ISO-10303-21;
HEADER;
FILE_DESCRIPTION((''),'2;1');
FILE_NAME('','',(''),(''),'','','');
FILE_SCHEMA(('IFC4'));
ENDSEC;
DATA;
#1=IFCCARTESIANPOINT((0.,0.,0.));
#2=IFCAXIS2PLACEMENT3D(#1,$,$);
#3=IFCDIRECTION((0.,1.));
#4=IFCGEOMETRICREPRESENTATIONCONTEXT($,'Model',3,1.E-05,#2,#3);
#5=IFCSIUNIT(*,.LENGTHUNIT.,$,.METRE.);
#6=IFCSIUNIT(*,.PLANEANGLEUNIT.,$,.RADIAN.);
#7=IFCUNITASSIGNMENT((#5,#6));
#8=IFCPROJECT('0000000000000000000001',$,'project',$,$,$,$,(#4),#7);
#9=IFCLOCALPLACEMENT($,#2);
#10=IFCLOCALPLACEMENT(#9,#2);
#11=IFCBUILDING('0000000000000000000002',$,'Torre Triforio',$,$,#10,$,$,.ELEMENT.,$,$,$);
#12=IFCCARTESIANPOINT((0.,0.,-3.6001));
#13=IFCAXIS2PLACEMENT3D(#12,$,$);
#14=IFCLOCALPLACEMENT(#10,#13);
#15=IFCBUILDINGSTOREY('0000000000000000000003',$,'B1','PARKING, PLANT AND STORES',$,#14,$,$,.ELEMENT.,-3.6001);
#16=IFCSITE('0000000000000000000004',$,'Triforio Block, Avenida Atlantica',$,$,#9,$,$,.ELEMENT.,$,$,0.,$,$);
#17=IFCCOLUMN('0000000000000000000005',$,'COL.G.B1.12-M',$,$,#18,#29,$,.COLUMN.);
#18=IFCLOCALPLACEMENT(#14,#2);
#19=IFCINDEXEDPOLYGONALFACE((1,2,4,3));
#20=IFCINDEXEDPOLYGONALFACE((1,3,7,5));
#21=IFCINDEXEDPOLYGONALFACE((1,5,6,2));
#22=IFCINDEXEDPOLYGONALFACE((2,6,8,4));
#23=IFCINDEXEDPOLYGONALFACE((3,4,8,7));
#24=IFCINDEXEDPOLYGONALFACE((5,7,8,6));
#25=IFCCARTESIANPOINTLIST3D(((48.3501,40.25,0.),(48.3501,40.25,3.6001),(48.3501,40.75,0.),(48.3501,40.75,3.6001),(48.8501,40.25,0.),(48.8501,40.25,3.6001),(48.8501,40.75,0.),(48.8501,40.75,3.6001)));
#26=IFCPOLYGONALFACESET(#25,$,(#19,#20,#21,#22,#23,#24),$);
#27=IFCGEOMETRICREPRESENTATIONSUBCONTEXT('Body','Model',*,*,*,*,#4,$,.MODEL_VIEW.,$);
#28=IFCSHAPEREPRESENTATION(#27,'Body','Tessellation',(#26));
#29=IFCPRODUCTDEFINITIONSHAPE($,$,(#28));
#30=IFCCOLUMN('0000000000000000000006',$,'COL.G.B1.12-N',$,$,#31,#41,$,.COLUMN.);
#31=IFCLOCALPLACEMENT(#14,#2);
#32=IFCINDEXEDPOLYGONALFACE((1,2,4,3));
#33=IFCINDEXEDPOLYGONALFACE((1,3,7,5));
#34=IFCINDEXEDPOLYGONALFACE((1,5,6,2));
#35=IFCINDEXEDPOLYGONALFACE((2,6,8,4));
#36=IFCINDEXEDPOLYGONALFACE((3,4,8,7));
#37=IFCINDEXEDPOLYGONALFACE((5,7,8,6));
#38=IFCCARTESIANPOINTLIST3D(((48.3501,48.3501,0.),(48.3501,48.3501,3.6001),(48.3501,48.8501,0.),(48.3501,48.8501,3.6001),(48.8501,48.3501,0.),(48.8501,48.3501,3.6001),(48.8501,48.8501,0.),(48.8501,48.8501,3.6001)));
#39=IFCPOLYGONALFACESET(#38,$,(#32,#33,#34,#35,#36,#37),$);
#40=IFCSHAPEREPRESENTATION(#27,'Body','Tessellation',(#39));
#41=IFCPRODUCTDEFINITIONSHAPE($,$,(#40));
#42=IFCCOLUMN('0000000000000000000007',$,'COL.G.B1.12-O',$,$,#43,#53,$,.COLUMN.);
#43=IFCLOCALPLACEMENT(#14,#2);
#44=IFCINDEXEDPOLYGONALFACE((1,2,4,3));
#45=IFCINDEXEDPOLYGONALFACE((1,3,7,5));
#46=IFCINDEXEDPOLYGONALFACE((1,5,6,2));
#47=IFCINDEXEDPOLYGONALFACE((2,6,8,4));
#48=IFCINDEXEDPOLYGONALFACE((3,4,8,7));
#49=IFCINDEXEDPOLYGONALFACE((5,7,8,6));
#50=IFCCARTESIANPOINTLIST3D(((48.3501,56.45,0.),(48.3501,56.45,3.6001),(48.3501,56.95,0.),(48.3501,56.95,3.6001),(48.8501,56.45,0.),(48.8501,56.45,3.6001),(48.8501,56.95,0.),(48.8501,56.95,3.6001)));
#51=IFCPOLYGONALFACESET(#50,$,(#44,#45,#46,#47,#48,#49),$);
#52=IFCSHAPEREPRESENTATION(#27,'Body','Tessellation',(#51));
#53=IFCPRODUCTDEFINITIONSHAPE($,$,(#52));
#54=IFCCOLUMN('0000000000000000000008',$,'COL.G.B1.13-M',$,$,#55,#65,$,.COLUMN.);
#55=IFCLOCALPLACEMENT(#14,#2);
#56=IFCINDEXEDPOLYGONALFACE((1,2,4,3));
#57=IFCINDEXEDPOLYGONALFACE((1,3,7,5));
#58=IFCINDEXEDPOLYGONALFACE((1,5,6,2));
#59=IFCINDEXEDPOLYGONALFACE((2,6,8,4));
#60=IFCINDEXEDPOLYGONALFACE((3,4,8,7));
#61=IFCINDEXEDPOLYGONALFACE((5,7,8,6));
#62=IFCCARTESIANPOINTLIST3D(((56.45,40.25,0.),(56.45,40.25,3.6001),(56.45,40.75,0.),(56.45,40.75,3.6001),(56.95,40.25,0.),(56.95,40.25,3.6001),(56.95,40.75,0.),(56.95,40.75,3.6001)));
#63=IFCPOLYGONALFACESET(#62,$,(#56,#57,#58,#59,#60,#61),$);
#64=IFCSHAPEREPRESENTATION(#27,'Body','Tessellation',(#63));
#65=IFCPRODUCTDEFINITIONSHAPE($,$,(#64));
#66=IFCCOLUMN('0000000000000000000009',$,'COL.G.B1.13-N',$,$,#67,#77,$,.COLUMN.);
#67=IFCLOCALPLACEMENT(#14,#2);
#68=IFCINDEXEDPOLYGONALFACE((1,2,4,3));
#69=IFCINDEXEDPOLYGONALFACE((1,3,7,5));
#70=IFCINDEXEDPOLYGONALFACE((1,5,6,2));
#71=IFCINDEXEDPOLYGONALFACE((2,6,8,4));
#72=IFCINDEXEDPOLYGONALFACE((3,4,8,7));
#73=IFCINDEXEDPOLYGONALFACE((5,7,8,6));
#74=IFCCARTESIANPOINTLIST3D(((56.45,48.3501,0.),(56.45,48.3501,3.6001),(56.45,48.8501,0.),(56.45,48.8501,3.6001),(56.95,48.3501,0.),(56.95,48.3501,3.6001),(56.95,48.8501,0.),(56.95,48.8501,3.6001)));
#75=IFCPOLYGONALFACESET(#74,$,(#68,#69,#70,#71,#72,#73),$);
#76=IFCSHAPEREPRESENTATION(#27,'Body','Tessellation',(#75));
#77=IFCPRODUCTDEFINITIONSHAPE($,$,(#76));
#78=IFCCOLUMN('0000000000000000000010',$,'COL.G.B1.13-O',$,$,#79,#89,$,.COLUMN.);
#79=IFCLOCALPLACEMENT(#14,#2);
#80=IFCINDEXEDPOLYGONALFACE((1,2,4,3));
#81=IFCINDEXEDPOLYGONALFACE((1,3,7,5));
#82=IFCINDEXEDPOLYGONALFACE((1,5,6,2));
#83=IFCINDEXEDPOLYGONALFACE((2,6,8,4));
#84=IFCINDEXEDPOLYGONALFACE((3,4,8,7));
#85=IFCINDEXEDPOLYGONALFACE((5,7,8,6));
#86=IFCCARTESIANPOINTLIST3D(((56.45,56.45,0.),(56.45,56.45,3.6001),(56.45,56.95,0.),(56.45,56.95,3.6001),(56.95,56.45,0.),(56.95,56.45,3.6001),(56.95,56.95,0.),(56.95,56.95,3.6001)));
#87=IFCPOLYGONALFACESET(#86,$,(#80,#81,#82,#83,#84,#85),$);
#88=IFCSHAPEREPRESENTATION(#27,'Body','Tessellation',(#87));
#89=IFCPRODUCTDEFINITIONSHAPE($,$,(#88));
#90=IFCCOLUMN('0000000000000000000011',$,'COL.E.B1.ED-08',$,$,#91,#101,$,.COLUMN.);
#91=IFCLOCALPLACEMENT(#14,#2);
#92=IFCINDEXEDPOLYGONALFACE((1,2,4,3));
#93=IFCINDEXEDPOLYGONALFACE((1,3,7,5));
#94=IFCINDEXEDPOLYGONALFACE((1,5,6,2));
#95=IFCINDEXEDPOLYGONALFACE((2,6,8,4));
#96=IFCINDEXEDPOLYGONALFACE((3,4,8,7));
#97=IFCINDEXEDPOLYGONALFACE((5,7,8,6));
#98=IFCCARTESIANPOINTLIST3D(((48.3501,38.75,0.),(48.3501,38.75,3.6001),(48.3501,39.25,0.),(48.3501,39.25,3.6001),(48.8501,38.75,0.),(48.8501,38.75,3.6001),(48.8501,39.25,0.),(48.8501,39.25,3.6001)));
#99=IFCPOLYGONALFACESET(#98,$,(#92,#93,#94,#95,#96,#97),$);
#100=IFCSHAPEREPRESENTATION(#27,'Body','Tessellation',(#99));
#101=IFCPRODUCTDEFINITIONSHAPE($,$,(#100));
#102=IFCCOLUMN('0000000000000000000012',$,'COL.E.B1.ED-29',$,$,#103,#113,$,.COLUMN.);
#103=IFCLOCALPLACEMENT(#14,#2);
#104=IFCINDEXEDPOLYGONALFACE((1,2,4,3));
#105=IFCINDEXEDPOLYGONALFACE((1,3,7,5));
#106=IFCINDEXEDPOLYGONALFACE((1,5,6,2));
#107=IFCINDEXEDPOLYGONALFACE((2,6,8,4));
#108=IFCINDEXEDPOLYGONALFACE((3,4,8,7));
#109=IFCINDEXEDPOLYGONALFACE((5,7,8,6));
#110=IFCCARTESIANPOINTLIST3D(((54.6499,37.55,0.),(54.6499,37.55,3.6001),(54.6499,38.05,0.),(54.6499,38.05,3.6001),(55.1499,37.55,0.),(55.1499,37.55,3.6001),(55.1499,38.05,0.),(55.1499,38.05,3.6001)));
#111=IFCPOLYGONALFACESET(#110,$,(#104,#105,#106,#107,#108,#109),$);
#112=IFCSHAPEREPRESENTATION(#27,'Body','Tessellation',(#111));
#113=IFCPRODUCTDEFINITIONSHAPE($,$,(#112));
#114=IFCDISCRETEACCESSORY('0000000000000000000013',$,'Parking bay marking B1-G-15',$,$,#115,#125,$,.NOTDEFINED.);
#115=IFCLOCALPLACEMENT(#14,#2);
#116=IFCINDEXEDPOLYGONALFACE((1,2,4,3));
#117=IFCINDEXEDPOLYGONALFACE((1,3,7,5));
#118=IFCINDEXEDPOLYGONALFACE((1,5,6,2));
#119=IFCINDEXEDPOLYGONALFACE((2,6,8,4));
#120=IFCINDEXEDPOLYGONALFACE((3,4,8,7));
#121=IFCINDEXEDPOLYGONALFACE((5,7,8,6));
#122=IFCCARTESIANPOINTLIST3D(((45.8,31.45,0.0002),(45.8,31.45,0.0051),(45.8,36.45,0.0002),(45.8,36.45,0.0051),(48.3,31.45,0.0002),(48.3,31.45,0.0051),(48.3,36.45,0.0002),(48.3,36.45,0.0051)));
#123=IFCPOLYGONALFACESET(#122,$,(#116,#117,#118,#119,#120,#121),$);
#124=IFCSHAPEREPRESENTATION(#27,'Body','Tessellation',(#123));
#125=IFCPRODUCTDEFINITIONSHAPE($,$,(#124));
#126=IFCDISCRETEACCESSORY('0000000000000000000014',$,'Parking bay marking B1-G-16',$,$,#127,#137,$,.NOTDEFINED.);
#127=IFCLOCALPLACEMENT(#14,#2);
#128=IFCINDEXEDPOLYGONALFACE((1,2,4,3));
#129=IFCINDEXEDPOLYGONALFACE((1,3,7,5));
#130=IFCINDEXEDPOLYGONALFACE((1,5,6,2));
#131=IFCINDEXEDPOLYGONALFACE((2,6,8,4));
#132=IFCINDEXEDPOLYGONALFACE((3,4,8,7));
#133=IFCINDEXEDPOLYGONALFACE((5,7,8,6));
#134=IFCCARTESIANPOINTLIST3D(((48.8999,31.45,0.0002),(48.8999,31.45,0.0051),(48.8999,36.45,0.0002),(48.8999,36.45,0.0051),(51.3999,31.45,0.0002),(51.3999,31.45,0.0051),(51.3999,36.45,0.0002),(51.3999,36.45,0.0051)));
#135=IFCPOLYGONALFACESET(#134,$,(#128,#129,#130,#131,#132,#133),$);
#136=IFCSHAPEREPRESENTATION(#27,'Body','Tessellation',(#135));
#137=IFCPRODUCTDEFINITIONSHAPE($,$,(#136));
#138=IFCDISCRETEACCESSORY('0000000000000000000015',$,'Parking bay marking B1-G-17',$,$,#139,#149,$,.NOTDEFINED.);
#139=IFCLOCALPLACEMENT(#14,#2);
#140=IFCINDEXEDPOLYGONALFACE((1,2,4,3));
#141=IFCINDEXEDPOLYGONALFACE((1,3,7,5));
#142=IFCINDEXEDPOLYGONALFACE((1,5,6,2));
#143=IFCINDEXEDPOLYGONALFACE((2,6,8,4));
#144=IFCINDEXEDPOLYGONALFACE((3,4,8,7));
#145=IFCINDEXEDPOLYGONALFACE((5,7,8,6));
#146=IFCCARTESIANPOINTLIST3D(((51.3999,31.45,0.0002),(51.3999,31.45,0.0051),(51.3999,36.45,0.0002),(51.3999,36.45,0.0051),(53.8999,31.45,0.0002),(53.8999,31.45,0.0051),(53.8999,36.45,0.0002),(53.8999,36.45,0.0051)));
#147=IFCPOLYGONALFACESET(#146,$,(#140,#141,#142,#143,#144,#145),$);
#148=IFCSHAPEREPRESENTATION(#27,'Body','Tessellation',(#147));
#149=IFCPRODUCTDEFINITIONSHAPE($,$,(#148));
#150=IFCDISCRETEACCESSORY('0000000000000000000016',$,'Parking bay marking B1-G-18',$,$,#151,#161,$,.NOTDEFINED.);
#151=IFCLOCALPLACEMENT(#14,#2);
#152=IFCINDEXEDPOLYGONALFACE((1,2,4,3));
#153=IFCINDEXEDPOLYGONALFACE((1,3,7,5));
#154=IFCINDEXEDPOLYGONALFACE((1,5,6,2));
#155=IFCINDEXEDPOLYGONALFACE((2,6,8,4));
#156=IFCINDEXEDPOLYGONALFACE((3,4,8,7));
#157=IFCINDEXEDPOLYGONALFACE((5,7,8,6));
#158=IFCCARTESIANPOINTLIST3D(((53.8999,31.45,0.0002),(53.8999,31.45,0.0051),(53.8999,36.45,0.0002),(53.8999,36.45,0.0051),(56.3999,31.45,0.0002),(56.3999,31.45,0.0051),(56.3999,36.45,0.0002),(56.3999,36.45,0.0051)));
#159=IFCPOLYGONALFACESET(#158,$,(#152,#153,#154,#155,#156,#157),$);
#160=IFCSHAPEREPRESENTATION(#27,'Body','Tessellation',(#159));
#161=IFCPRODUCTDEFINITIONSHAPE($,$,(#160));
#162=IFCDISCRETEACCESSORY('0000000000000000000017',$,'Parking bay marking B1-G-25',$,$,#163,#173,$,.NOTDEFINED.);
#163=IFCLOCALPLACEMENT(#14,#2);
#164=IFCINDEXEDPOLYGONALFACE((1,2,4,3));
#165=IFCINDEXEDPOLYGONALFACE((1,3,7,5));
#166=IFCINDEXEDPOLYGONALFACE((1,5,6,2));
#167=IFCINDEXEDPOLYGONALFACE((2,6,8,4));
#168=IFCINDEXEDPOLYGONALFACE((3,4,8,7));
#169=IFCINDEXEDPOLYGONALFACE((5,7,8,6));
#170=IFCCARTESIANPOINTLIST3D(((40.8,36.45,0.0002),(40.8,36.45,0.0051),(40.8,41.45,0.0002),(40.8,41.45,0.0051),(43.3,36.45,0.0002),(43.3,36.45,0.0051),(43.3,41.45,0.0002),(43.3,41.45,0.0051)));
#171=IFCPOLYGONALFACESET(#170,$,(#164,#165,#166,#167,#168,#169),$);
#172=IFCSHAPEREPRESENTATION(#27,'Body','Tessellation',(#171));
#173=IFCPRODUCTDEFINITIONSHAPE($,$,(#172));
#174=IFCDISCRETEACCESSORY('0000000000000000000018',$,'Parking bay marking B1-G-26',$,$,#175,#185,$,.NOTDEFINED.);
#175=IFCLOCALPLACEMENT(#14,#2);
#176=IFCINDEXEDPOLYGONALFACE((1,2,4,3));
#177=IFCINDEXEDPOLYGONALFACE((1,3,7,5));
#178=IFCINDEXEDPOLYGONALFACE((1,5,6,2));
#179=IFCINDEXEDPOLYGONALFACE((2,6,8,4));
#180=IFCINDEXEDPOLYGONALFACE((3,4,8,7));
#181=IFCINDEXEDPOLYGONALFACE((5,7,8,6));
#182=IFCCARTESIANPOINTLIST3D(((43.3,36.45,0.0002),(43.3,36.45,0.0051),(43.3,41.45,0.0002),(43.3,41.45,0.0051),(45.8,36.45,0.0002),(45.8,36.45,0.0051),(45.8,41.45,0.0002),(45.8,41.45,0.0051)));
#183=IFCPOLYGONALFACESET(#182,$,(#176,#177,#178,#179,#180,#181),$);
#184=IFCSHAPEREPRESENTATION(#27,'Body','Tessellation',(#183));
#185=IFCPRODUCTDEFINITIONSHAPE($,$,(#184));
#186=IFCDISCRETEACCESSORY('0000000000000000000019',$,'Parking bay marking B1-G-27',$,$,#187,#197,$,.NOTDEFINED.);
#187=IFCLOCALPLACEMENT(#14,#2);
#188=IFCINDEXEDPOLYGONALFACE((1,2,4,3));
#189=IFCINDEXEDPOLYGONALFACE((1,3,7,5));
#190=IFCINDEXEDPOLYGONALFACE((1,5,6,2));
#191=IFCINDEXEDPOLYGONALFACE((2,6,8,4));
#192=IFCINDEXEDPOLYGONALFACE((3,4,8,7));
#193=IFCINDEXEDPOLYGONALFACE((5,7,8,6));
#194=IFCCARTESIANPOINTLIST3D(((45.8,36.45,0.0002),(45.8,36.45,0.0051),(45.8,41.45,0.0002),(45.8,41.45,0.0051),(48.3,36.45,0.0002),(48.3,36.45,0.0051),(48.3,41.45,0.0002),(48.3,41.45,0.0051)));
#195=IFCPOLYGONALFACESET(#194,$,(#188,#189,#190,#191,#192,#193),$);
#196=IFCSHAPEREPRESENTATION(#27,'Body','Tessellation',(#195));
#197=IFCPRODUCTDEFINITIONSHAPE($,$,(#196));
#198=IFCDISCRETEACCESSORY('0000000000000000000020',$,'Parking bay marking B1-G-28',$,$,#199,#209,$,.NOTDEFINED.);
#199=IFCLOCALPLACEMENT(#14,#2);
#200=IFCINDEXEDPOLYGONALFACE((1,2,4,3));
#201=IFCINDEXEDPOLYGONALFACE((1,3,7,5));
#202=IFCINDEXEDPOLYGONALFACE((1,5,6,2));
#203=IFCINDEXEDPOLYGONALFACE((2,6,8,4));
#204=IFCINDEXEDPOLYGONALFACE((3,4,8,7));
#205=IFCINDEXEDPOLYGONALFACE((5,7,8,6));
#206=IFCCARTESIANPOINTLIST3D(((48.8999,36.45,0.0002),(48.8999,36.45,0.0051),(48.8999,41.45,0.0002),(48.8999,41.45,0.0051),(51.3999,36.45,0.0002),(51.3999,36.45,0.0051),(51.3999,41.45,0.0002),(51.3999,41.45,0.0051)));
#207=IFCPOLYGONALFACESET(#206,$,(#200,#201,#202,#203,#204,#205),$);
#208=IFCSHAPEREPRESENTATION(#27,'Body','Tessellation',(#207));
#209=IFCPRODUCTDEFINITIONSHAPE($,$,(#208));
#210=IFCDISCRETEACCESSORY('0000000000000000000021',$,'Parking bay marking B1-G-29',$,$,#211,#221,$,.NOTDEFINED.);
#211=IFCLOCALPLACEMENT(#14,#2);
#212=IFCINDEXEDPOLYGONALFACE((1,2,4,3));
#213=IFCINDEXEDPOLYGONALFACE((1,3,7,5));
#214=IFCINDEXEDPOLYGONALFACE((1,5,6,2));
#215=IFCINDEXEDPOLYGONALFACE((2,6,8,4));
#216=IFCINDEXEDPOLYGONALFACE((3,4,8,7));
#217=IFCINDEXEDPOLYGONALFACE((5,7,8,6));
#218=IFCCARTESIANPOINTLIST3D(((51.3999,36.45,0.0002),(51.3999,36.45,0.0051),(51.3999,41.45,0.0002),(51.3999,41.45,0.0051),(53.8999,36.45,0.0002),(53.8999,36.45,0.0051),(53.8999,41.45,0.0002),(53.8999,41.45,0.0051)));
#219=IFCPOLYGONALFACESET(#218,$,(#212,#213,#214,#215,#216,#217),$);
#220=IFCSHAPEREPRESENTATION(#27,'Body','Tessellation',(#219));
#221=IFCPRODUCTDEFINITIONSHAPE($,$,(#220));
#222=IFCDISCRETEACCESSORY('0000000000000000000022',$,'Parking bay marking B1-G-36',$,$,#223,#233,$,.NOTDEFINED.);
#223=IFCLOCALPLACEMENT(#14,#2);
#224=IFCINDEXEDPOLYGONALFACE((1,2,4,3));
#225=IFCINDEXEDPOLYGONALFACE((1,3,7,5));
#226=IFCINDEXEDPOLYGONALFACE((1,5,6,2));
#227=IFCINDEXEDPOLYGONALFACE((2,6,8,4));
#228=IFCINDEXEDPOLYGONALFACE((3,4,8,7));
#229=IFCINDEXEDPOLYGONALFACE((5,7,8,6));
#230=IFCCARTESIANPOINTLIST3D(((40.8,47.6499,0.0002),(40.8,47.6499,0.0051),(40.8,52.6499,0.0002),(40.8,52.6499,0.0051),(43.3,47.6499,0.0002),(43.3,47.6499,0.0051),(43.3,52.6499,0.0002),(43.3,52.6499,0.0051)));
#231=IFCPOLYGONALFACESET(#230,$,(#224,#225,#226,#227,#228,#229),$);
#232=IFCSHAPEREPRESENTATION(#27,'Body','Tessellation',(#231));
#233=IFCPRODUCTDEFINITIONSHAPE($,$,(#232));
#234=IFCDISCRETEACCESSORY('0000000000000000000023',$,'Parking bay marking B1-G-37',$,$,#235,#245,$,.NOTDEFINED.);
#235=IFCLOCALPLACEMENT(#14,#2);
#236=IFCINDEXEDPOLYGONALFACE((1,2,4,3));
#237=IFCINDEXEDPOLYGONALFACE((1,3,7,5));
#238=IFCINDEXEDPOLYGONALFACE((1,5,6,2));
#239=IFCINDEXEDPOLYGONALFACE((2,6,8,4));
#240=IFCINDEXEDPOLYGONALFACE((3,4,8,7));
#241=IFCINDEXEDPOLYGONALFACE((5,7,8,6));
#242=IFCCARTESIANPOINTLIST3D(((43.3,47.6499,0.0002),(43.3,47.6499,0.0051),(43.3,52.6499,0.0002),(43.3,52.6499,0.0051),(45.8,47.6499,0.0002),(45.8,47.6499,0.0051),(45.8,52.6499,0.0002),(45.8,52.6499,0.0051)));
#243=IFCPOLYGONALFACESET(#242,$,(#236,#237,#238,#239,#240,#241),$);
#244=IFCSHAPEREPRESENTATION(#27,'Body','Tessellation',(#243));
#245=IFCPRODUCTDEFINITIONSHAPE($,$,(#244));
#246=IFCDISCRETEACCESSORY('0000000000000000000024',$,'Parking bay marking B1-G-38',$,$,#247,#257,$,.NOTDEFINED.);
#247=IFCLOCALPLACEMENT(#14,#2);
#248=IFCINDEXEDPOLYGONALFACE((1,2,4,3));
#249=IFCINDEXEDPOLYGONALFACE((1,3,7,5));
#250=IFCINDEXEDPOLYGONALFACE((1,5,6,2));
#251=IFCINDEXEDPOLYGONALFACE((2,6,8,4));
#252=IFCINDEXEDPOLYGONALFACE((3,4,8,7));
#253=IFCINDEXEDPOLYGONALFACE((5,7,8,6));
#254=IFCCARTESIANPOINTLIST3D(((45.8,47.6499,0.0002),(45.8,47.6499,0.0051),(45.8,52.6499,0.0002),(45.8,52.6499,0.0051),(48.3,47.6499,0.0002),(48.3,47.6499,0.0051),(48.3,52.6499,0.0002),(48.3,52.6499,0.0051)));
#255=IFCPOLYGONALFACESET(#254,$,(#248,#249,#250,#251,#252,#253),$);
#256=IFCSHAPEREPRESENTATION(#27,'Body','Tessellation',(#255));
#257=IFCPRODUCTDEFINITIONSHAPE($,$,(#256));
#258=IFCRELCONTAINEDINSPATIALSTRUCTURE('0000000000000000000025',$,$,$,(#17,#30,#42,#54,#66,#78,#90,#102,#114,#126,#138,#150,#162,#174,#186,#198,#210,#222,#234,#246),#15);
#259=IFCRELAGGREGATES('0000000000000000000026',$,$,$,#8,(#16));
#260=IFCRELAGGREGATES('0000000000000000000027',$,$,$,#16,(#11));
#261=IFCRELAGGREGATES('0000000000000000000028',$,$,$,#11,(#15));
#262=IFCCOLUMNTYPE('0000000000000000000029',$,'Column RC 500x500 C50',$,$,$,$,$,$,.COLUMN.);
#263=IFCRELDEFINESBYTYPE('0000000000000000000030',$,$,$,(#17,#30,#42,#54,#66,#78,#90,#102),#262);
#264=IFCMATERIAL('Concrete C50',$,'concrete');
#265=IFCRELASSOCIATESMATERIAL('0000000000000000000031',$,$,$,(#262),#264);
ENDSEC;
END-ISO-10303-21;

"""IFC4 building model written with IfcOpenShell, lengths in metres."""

from ifc_helpers import new_model, si_unit, direction, frame, origin, origin_2d, place, context, subcontext, project, spatial, rectangle, extrude, material, material_profile, profile_set, type_object, element, save


model = new_model("IFC4")

# Units and contexts
model_context = context("Model", 3, precision=1e-05, world=origin(), true_north=direction((0.0, 1.0)))
body_context = subcontext(model_context, "Body", "Model", "MODEL_VIEW")
ifc_project = project(units=[si_unit("LENGTHUNIT", "METRE"), si_unit("PLANEANGLEUNIT", "RADIAN")], contexts=[model_context])

# Site, building, storey
site_placement = place(None, origin())
site = spatial("IfcSite", under=ifc_project, at=site_placement, Name="Triforio Block, Avenida Atlantica", CompositionType="ELEMENT", RefElevation=0.0)
building_placement = place(site_placement, origin())
building = spatial("IfcBuilding", under=site, at=building_placement, Name="Torre Triforio", CompositionType="ELEMENT")
storey_placement = place(building_placement, frame((0.0, 0.0, -3.6001)))
storey = spatial("IfcBuildingStorey", under=building, at=storey_placement, Name="B1", Description="PARKING, PLANT AND STORES", CompositionType="ELEMENT", Elevation=-3.6001)

# Columns
ifc_material = material(Name="Concrete C50", Category="concrete")
ifc_material_profile = material_profile(ifc_material, rectangle(XDim=0.5, YDim=0.5, at=origin_2d()), Name="RC 500x500")
ifc_profile_set = profile_set([ifc_material_profile], Name="Concrete C50")
column_type = type_object("IfcColumnType", Name="Column RC 500x500 C50", PredefinedType="COLUMN", material=ifc_profile_set)
for number, where, z_axis, x_axis, name in (
    (1, (48.6001, 40.5, 0.0), (0.0, 0.0, 1.0), (1.0, 0.0, 0.0), "COL.G.B1.12-M"),
    (2, (48.6001, 48.6001, 0.0), (0.0, 0.0, 1.0), (1.0, 0.0, 0.0), "COL.G.B1.12-N"),
    (3, (48.6001, 56.7, 0.0), (0.0, 0.0, 1.0), (1.0, 0.0, 0.0), "COL.G.B1.12-O"),
    (4, (56.7, 40.5, 0.0), (0.0, 0.0, 1.0), (1.0, 0.0, 0.0), "COL.G.B1.13-M"),
    (5, (56.7, 48.6001, 0.0), (0.0, 0.0, 1.0), (1.0, 0.0, 0.0), "COL.G.B1.13-N"),
    (6, (56.7, 56.7, 0.0), (0.0, 0.0, 1.0), (1.0, 0.0, 0.0), "COL.G.B1.13-O"),
    (7, (48.6001, 39.0, 0.0), (0.0, 0.0, 1.0), (1.0, 0.0, 0.0), "COL.E.B1.ED-08"),
    (8, (54.8999, 37.8, 0.0), (0.0, 0.0, 1.0), (1.0, 0.0, 0.0), "COL.E.B1.ED-29"),
):
    element("IfcColumn", number, at=place(storey_placement, frame(where, z_axis=z_axis, x_axis=x_axis)), inside=storey, type_object=column_type, Name=name, PredefinedType="COLUMN", context=body_context, shape_type="SweptSolid", body=[
        extrude(rectangle(XDim=0.5, YDim=0.5, at=origin_2d()), origin(), (0.0, 0.0, 1.0), 3.6001),
    ])

# Discrete accessories
for number, where, z_axis, x_axis, name in (
    (9, (47.05, 33.95, 0.0002), (0.0, 0.0, 1.0), (1.0, 0.0, 0.0), "Parking bay marking B1-G-15"),
    (10, (50.1499, 33.95, 0.0002), (0.0, 0.0, 1.0), (1.0, 0.0, 0.0), "Parking bay marking B1-G-16"),
    (11, (52.6499, 33.95, 0.0002), (0.0, 0.0, 1.0), (1.0, 0.0, 0.0), "Parking bay marking B1-G-17"),
    (12, (55.1499, 33.95, 0.0002), (0.0, 0.0, 1.0), (1.0, 0.0, 0.0), "Parking bay marking B1-G-18"),
    (13, (42.05, 38.95, 0.0002), (0.0, 0.0, 1.0), (1.0, 0.0, 0.0), "Parking bay marking B1-G-25"),
    (14, (44.55, 38.95, 0.0002), (0.0, 0.0, 1.0), (1.0, 0.0, 0.0), "Parking bay marking B1-G-26"),
    (15, (47.05, 38.95, 0.0002), (0.0, 0.0, 1.0), (1.0, 0.0, 0.0), "Parking bay marking B1-G-27"),
    (16, (50.1499, 38.95, 0.0002), (0.0, 0.0, 1.0), (1.0, 0.0, 0.0), "Parking bay marking B1-G-28"),
    (17, (52.6499, 38.95, 0.0002), (0.0, 0.0, 1.0), (1.0, 0.0, 0.0), "Parking bay marking B1-G-29"),
    (18, (42.05, 50.1499, 0.0002), (0.0, 0.0, 1.0), (1.0, 0.0, 0.0), "Parking bay marking B1-G-36"),
    (19, (44.55, 50.1499, 0.0002), (0.0, 0.0, 1.0), (1.0, 0.0, 0.0), "Parking bay marking B1-G-37"),
    (20, (47.05, 50.1499, 0.0002), (0.0, 0.0, 1.0), (1.0, 0.0, 0.0), "Parking bay marking B1-G-38"),
):
    element("IfcDiscreteAccessory", number, at=place(storey_placement, frame(where, z_axis=z_axis, x_axis=x_axis)), inside=storey, Name=name, PredefinedType="NOTDEFINED", context=body_context, shape_type="SweptSolid", body=[
        extrude(rectangle(XDim=2.5, YDim=5.0, at=origin_2d()), origin(), (0.0, 0.0, 1.0), 0.0049),
    ])

save(model, "model.ifc")
